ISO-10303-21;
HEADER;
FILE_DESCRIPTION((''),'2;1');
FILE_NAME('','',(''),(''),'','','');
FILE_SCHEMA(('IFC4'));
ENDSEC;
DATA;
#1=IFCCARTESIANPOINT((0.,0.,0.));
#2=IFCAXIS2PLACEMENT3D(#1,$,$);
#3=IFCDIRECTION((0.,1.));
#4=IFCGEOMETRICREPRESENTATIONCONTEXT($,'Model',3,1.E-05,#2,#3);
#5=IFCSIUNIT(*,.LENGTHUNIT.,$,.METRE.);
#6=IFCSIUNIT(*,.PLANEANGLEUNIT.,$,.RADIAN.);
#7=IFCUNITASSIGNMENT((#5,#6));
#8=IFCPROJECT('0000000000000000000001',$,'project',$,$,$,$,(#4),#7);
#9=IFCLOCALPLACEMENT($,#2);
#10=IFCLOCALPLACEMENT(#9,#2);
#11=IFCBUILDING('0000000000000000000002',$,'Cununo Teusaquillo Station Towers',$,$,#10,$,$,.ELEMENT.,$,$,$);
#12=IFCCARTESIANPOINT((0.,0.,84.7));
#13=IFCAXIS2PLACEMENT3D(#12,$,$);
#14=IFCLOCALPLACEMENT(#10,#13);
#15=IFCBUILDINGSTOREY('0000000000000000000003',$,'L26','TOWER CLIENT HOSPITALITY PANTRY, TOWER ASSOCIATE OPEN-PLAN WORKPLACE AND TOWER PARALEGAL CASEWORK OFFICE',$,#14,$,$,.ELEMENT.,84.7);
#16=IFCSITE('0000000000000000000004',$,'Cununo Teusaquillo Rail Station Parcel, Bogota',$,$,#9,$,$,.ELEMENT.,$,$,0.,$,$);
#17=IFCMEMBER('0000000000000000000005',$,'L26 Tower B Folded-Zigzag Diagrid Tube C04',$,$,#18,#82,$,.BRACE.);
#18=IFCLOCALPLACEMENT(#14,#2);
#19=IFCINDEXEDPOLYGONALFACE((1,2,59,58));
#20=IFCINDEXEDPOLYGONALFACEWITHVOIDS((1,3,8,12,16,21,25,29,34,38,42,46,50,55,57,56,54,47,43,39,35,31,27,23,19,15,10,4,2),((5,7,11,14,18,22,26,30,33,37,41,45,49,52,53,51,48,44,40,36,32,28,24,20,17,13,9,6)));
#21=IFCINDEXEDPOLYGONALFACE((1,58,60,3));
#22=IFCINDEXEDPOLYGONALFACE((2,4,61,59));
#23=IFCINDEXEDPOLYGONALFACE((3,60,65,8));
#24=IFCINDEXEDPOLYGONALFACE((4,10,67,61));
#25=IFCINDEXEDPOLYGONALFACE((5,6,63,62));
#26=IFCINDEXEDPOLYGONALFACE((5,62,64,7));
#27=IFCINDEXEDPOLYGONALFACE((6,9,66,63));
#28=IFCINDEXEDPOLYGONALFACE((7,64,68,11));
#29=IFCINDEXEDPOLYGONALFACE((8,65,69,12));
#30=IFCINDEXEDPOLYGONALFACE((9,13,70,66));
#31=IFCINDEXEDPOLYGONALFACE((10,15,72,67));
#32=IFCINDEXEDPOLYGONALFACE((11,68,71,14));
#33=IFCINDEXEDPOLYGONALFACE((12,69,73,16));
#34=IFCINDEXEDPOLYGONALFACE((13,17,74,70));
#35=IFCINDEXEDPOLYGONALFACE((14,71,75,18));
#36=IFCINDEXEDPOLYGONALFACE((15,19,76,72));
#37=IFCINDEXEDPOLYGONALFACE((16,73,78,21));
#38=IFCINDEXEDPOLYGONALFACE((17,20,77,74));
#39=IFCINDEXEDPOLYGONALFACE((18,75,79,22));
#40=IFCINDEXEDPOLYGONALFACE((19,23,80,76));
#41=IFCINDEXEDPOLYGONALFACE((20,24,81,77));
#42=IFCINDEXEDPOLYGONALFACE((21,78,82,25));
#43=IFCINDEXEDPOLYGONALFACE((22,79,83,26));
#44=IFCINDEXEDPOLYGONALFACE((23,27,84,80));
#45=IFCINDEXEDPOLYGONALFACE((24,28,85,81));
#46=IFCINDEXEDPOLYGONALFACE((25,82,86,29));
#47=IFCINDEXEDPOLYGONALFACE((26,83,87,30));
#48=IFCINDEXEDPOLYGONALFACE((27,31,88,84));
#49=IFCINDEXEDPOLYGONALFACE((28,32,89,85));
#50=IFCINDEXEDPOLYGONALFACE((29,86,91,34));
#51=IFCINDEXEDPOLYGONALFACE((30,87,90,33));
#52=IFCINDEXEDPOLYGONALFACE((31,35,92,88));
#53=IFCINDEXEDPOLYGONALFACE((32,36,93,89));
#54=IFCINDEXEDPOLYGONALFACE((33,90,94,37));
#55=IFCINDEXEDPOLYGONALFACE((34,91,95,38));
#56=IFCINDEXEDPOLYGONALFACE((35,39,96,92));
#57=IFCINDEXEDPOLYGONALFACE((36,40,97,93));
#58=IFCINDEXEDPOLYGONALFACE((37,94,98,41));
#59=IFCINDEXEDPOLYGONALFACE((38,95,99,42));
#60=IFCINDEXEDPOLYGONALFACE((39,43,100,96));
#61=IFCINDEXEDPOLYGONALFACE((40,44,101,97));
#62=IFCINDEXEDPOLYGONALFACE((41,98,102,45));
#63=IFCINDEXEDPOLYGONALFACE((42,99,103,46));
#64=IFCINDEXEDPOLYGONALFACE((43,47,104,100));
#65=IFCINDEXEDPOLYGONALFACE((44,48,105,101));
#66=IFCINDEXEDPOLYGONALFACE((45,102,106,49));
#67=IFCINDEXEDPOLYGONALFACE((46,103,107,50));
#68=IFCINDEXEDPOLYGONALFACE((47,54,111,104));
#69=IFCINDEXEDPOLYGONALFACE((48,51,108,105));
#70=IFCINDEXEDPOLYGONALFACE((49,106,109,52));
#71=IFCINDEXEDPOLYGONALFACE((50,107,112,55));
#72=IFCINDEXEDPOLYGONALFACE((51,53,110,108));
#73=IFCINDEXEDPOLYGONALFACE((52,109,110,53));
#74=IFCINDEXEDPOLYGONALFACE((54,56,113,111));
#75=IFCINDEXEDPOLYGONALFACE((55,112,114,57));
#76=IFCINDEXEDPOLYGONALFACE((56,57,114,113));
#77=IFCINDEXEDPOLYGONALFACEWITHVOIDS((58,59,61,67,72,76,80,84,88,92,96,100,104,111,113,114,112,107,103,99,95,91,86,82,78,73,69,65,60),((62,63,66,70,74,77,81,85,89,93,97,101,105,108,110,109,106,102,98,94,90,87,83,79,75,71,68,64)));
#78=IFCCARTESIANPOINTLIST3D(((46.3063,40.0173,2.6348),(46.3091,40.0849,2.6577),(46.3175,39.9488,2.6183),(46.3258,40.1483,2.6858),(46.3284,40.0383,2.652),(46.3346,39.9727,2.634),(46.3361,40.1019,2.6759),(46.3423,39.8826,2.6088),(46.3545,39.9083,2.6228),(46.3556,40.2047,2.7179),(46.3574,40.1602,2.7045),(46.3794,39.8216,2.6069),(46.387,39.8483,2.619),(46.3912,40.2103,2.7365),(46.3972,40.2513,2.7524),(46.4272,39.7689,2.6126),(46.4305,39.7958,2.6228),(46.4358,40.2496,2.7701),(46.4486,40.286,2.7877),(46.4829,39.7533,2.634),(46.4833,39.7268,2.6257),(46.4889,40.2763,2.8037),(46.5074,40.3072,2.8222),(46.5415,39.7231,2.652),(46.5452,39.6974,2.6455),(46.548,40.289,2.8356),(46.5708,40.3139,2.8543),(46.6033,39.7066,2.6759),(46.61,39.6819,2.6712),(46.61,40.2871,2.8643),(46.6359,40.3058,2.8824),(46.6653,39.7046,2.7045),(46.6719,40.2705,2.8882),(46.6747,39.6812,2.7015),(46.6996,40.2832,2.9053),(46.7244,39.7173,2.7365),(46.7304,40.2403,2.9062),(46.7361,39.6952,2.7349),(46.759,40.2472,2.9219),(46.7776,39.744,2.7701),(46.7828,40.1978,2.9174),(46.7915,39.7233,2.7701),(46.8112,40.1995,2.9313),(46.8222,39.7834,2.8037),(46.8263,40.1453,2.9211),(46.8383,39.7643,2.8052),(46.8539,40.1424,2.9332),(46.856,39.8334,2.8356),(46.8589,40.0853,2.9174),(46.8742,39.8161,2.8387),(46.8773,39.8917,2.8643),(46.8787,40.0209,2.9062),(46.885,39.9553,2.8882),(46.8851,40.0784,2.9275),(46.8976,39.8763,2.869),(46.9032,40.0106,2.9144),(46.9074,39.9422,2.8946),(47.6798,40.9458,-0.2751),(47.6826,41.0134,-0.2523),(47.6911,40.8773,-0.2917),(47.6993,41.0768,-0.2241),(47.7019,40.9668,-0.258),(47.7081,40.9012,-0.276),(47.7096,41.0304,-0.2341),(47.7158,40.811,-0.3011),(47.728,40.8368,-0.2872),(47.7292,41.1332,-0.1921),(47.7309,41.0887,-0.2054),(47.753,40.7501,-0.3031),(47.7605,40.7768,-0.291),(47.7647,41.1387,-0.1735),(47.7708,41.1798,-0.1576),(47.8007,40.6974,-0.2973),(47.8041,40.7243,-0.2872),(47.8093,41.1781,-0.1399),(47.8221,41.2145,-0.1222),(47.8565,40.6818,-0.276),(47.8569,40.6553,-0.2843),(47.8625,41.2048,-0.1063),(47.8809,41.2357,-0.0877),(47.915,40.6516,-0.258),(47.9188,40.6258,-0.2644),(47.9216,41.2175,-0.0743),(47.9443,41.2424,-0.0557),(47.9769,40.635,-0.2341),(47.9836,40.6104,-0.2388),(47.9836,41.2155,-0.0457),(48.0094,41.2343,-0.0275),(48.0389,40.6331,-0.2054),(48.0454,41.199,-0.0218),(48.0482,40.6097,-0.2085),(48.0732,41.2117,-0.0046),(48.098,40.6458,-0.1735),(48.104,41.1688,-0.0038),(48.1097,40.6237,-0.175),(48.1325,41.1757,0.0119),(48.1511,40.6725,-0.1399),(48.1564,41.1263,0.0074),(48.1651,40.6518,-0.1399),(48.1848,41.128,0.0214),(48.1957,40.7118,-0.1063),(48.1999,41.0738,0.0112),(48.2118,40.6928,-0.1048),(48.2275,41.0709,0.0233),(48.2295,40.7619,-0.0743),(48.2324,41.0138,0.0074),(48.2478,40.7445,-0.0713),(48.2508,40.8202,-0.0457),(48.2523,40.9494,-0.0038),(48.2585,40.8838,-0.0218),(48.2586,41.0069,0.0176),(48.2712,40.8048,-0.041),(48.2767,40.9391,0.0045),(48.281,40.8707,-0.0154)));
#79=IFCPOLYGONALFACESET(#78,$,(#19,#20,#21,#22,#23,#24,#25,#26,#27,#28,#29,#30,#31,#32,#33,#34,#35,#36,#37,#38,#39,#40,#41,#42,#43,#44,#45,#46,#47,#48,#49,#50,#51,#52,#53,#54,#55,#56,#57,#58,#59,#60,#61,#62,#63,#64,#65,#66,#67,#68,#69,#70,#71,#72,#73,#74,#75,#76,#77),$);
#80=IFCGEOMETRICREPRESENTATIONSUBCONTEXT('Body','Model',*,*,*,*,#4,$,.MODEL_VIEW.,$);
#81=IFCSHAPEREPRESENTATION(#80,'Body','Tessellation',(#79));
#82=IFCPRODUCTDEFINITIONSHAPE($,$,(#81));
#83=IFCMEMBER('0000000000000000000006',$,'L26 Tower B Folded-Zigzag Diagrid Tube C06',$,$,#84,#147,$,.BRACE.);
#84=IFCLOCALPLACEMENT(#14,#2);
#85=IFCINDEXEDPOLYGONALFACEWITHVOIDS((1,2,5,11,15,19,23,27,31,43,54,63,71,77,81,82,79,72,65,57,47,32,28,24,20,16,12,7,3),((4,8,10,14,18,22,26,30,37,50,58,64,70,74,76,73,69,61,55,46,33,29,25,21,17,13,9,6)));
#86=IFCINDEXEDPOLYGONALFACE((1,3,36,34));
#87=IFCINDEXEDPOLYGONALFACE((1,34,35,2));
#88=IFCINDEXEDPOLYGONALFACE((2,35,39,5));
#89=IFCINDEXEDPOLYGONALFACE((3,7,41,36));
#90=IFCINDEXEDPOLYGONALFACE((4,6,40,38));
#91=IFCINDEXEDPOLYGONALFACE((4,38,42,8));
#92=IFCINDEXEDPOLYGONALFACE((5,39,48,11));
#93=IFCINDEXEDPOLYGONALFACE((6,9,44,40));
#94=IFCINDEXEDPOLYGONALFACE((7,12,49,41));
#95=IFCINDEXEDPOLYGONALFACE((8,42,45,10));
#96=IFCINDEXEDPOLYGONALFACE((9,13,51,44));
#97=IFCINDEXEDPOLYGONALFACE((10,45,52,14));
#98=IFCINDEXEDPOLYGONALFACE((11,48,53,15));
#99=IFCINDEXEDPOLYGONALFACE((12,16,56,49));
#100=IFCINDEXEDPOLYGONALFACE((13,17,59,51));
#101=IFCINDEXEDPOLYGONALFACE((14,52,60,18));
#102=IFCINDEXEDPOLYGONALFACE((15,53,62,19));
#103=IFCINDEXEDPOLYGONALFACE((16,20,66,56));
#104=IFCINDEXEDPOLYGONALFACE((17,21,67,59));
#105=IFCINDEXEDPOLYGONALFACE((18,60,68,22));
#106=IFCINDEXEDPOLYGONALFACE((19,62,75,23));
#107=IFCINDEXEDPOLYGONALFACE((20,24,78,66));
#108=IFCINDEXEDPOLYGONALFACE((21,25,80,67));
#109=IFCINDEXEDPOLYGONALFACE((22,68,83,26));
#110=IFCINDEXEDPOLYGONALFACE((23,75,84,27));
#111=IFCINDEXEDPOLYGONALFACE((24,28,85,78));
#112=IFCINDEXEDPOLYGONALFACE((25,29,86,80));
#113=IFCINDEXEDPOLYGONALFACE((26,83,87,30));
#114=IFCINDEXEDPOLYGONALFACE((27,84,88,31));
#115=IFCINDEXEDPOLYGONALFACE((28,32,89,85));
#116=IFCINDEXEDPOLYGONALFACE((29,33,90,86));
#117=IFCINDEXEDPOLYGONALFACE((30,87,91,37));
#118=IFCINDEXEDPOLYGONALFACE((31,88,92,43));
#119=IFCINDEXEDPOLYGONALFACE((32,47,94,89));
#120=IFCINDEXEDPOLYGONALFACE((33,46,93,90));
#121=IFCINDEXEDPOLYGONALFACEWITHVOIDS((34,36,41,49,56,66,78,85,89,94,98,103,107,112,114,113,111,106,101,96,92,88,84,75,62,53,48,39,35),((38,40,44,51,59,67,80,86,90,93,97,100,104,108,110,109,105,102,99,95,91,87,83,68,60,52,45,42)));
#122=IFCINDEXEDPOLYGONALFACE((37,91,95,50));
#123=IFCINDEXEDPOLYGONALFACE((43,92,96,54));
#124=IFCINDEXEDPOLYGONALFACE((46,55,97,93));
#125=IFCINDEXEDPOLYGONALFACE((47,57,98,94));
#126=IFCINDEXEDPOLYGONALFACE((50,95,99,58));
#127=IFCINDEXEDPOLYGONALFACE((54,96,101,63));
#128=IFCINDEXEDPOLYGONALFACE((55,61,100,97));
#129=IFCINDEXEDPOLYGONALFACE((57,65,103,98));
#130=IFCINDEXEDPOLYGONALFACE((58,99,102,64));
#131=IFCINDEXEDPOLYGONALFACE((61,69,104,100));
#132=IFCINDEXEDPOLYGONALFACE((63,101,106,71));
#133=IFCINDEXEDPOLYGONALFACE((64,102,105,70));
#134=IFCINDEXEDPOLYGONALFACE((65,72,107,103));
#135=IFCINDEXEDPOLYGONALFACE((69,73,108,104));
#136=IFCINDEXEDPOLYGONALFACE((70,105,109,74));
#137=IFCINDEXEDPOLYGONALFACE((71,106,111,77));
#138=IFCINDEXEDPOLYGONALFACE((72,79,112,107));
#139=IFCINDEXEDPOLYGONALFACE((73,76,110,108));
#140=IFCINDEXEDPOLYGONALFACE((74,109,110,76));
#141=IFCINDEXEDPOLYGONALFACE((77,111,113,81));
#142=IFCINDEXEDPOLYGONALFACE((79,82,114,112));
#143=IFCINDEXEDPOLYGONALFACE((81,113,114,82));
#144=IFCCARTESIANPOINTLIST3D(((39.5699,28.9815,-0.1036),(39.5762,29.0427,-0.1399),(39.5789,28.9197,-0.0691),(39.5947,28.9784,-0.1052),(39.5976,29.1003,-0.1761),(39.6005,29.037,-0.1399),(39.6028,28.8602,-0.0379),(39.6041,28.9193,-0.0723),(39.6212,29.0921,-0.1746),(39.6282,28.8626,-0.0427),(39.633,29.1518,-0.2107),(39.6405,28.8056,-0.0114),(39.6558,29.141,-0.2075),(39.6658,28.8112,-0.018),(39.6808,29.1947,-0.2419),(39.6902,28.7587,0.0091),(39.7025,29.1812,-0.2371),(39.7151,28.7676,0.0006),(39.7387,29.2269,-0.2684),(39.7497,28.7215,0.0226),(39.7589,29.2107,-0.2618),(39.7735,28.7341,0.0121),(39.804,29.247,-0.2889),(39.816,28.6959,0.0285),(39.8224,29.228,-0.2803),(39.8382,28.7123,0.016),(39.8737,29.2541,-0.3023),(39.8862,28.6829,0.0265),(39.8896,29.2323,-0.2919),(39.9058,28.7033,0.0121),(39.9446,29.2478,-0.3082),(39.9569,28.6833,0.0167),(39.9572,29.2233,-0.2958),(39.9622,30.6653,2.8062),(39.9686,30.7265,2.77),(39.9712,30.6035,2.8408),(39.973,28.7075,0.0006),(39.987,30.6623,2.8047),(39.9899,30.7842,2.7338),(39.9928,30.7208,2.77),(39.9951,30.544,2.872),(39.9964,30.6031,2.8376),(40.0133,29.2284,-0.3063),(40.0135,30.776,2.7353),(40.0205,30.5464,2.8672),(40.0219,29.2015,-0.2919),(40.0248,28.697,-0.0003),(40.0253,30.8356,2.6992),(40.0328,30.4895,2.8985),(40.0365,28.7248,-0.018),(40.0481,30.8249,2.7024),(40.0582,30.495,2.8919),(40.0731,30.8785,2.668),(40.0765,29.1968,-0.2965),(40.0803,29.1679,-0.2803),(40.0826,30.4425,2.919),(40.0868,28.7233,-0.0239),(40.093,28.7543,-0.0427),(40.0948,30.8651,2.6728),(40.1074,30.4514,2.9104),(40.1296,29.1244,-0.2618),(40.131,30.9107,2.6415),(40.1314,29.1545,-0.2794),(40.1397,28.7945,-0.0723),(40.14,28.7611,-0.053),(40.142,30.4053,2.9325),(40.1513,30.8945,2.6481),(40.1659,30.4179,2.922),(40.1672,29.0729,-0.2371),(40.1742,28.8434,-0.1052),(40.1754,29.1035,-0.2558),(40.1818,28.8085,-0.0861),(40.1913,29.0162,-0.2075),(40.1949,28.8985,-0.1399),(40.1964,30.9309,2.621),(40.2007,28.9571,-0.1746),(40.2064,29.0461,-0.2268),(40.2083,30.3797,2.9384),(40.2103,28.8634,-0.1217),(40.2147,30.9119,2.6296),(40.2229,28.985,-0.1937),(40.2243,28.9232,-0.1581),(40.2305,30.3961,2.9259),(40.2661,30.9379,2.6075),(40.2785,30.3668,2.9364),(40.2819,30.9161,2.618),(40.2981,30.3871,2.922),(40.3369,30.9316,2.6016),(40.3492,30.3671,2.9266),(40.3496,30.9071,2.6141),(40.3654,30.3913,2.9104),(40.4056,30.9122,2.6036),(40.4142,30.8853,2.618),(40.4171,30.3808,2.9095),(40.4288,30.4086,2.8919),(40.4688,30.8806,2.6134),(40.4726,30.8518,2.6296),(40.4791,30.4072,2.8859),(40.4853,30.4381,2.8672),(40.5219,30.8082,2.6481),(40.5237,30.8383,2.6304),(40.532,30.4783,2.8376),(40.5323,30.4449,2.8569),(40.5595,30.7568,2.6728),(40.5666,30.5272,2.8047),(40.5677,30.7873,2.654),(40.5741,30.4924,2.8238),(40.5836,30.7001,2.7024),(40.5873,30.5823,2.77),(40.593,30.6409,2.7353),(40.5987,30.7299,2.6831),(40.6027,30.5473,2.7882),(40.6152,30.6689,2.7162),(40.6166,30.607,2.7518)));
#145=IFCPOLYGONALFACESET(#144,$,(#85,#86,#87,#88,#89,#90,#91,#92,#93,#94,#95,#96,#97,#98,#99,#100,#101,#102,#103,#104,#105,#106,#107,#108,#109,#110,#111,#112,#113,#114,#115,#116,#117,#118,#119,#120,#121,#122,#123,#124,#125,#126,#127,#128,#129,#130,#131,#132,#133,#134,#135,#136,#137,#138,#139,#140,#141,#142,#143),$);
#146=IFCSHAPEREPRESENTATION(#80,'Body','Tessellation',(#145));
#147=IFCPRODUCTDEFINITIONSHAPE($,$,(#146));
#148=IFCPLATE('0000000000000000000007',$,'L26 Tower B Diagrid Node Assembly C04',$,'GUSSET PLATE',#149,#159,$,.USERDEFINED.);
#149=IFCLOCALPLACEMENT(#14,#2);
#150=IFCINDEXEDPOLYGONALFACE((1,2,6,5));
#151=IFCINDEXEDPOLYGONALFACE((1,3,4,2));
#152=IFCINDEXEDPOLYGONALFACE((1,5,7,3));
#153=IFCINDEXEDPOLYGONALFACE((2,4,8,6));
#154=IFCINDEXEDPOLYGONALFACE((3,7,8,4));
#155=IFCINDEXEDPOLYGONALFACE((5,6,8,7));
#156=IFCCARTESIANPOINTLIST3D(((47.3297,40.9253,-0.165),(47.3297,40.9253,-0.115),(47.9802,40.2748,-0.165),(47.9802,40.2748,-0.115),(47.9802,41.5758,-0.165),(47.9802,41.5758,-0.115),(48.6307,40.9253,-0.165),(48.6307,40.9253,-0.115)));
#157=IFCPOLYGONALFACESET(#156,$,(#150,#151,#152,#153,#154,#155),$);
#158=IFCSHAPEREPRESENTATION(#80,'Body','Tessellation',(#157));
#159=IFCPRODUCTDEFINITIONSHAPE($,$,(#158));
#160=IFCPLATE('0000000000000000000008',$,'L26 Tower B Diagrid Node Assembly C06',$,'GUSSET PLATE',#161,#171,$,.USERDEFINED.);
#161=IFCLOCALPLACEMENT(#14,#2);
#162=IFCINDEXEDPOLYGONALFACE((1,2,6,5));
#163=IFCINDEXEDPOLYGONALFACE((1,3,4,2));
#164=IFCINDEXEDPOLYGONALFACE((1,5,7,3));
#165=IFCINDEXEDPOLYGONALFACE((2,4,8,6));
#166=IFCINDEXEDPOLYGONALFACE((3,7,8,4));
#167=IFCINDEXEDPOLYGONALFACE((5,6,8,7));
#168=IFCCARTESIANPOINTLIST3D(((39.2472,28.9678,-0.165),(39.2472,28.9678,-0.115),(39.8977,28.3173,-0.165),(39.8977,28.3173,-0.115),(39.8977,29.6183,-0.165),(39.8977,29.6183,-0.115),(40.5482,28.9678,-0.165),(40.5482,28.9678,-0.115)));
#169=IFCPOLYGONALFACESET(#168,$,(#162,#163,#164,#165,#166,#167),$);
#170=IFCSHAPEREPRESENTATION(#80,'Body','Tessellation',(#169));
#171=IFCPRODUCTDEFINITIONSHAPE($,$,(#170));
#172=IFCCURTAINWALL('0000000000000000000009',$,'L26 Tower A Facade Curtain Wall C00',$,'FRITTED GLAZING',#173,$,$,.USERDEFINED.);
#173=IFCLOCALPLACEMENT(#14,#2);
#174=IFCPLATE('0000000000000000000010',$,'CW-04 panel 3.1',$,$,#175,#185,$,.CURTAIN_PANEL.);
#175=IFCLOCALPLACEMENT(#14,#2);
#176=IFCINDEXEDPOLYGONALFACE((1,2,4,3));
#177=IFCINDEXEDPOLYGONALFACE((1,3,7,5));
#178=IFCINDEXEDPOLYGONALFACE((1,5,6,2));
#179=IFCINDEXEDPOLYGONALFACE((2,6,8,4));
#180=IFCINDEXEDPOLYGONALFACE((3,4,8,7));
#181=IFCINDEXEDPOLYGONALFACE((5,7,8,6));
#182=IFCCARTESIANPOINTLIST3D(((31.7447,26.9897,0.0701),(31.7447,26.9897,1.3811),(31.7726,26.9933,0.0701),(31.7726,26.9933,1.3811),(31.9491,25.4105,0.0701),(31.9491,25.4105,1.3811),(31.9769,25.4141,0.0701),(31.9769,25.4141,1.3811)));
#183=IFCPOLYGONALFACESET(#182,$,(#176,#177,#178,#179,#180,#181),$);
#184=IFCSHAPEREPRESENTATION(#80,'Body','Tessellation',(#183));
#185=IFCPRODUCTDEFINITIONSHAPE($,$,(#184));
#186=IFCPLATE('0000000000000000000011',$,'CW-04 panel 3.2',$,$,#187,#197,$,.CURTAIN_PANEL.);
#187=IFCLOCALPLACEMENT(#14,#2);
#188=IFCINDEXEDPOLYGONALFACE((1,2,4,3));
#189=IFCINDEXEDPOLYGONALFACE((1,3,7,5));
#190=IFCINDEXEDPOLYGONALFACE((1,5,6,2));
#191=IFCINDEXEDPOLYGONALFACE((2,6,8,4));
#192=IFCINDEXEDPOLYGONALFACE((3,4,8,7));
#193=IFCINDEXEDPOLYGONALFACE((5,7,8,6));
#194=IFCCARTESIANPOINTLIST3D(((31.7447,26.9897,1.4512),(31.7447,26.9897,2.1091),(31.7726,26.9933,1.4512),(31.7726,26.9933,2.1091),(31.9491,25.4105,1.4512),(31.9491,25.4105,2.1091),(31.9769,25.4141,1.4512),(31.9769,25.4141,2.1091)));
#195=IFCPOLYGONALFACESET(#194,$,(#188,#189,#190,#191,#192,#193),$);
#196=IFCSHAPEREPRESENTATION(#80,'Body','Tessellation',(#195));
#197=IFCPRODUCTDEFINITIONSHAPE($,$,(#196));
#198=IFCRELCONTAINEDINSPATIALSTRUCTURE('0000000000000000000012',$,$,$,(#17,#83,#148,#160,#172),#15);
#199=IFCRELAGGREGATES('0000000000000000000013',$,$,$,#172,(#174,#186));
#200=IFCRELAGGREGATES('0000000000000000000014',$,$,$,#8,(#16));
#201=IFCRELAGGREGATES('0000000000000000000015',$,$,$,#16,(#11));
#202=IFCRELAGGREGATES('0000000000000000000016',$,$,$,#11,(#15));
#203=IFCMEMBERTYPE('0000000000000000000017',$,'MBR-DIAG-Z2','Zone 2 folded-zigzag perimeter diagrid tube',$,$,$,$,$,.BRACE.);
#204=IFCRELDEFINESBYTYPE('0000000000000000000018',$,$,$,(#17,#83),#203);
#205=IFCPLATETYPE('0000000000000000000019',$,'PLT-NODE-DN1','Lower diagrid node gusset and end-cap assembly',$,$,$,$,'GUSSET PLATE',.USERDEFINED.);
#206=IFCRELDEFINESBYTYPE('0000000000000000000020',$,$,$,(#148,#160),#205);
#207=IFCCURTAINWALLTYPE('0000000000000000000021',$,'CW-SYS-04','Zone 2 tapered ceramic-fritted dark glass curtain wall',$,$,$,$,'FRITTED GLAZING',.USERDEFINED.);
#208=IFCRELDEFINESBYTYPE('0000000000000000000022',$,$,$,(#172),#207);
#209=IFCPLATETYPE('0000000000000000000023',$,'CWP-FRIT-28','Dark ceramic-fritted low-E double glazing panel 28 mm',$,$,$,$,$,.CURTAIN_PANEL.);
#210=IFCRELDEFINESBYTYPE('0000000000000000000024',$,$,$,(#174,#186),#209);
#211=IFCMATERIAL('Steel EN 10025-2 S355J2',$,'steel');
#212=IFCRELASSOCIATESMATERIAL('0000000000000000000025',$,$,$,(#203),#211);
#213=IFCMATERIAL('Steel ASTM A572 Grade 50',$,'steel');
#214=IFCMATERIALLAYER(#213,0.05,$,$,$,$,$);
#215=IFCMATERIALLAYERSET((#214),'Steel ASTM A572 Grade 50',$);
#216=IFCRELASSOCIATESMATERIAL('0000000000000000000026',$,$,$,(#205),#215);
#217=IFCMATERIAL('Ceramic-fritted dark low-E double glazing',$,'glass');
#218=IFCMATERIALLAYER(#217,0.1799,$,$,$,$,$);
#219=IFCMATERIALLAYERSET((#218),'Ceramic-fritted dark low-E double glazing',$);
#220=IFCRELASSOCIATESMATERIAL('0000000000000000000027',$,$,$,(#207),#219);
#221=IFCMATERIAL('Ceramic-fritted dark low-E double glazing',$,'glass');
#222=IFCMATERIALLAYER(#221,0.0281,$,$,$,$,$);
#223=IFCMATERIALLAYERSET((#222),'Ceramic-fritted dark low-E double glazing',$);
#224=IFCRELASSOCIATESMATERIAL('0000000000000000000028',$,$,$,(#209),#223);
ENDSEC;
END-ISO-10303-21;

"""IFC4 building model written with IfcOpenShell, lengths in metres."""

from ifc_helpers import new_model, si_unit, direction, frame, origin, origin_2d, place, context, subcontext, project, spatial, rectangle, hollow_circle, extrude, source, transform, mapped, material, layer, layer_set, material_profile, profile_set, type_object, element, aggregate, save


model = new_model("IFC4")

# Units and contexts
model_context = context("Model", 3, precision=1e-05, world=origin(), true_north=direction((0.0, 1.0)))
body_context = subcontext(model_context, "Body", "Model", "MODEL_VIEW")
ifc_project = project(units=[si_unit("LENGTHUNIT", "METRE"), si_unit("PLANEANGLEUNIT", "RADIAN")], contexts=[model_context])

# Site, building, storey
site_placement = place(None, origin())
site = spatial("IfcSite", under=ifc_project, at=site_placement, Name="Cununo Teusaquillo Rail Station Parcel, Bogota", CompositionType="ELEMENT", RefElevation=0.0)
building_placement = place(site_placement, origin())
building = spatial("IfcBuilding", under=site, at=building_placement, Name="Cununo Teusaquillo Station Towers", CompositionType="ELEMENT")
storey_placement = place(building_placement, frame((0.0, 0.0, 84.7)))
storey = spatial("IfcBuildingStorey", under=building, at=storey_placement, Name="L26", Description="TOWER CLIENT HOSPITALITY PANTRY, TOWER ASSOCIATE OPEN-PLAN WORKPLACE AND TOWER PARALEGAL CASEWORK OFFICE", CompositionType="ELEMENT", Elevation=84.7)

# Members
ifc_material_1 = material(Name="Steel EN 10025-2 S355J2", Category="steel")
ifc_material_profile_1 = material_profile(ifc_material_1, hollow_circle(Radius=0.3301, WallThickness=0.0249, at=origin_2d()), Name="CHS 660x25")
ifc_profile_set_1 = profile_set([ifc_material_profile_1], Name="Steel EN 10025-2 S355J2")
member_type = type_object("IfcMemberType", Name="MBR-DIAG-Z2", Description="Zone 2 folded-zigzag perimeter diagrid tube", PredefinedType="BRACE", material=ifc_profile_set_1)
member_1_placement = place(storey_placement, frame((47.9802, 40.9253, -0.1399), z_axis=(-0.410125, -0.277232, 0.868873), x_axis=(0.560024, -0.828476, 0.0)))
element("IfcMember", 1, at=member_1_placement, inside=storey, type_object=member_type, Name="L26 Tower B Folded-Zigzag Diagrid Tube C04", PredefinedType="BRACE", context=body_context, shape_type="SweptSolid", body=[
    extrude(hollow_circle(Radius=0.3301, WallThickness=0.0249, at=origin_2d()), origin(), (0.0, 0.0, 1.0), 3.3491),
])
member_2_placement = place(storey_placement, frame((39.8977, 28.9678, -0.1399), z_axis=(0.115911, 0.497471, 0.859702), x_axis=(-0.973913, 0.226922, 0.0)))
element("IfcMember", 2, at=member_2_placement, inside=storey, type_object=member_type, Name="L26 Tower B Folded-Zigzag Diagrid Tube C06", PredefinedType="BRACE", context=body_context, shape_type="SweptSolid", body=[
    extrude(hollow_circle(Radius=0.3301, WallThickness=0.0249, at=origin_2d()), origin(), (0.0, 0.0, 1.0), 3.3848),
])

# Plates
ifc_material_2 = material(Name="Steel ASTM A572 Grade 50", Category="steel")
ifc_layer_1 = layer(ifc_material_2, 0.05)
ifc_layer_set_1 = layer_set([ifc_layer_1], Name="Steel ASTM A572 Grade 50")
plate_type_1 = type_object("IfcPlateType", Name="PLT-NODE-DN1", Description="Lower diagrid node gusset and end-cap assembly", ElementType="GUSSET PLATE", PredefinedType="USERDEFINED", material=ifc_layer_set_1)
shared_shape_1 = source(origin(), body_context, "Body", "SweptSolid", [
    extrude(rectangle(XDim=0.9199, YDim=0.9199, at=origin_2d()), origin(), (0.0, 0.0, 1.0), 0.05),
])
for number, where, z_axis, x_axis, name in (
    (3, (47.9802, 40.9253, -0.165), (0.0, 0.0, 1.0), (0.707107, 0.707107, 0.0), "L26 Tower B Diagrid Node Assembly C04"),
    (4, (39.8977, 28.9678, -0.165), (0.0, 0.0, 1.0), (0.707107, 0.707107, 0.0), "L26 Tower B Diagrid Node Assembly C06"),
):
    element("IfcPlate", number, at=place(storey_placement, frame(where, z_axis=z_axis, x_axis=x_axis)), inside=storey, type_object=plate_type_1, Name=name, ObjectType="GUSSET PLATE", PredefinedType="USERDEFINED", context=body_context, shape_type="MappedRepresentation", body=[
        mapped(shared_shape_1, transform((0.0, 0.0, 0.0), x_axis=(1.0, 0.0, 0.0), y_axis=(0.0, 1.0, 0.0), z_axis=(0.0, 0.0, 1.0), scale=1.0)),
    ])

# Curtain wall, plates
ifc_material_3 = material(Name="Ceramic-fritted dark low-E double glazing", Category="glass")
ifc_layer_2 = layer(ifc_material_3, 0.1799)
ifc_layer_set_2 = layer_set([ifc_layer_2], Name="Ceramic-fritted dark low-E double glazing")
curtain_wall_type = type_object("IfcCurtainWallType", Name="CW-SYS-04", Description="Zone 2 tapered ceramic-fritted dark glass curtain wall", ElementType="FRITTED GLAZING", PredefinedType="USERDEFINED", material=ifc_layer_set_2)
curtain_wall_placement = place(storey_placement, origin())
curtain_wall = element("IfcCurtainWall", 5, at=curtain_wall_placement, inside=storey, type_object=curtain_wall_type, Name="L26 Tower A Facade Curtain Wall C00", ObjectType="FRITTED GLAZING", PredefinedType="USERDEFINED")
ifc_material_4 = material(Name="Ceramic-fritted dark low-E double glazing", Category="glass")
ifc_layer_3 = layer(ifc_material_4, 0.0281)
ifc_layer_set_3 = layer_set([ifc_layer_3], Name="Ceramic-fritted dark low-E double glazing")
plate_type_2 = type_object("IfcPlateType", Name="CWP-FRIT-28", Description="Dark ceramic-fritted low-E double glazing panel 28 mm", PredefinedType="CURTAIN_PANEL", material=ifc_layer_set_3)
shared_shape_2 = source(origin(), body_context, "Body", "SweptSolid", [
    extrude(rectangle(XDim=1.5923, YDim=0.0281, at=origin_2d()), origin(), (0.0, 0.0, 1.0), 1.311),
])
plate_1_placement = place(storey_placement, frame((31.8608, 26.2019, 0.0701), z_axis=(0.0, 0.0, 1.0), x_axis=(0.128336, -0.991731, 0.0)))
plate_1 = element("IfcPlate", 6, at=plate_1_placement, type_object=plate_type_2, Name="CW-04 panel 3.1", PredefinedType="CURTAIN_PANEL", context=body_context, shape_type="MappedRepresentation", body=[
    mapped(shared_shape_2, transform((0.0, 0.0, 0.0), x_axis=(1.0, 0.0, 0.0), y_axis=(0.0, 1.0, 0.0), z_axis=(0.0, 0.0, 1.0), scale=1.0)),
])
shared_shape_3 = source(origin(), body_context, "Body", "SweptSolid", [
    extrude(rectangle(XDim=1.5923, YDim=0.0281, at=origin_2d()), origin(), (0.0, 0.0, 1.0), 0.658),
])
plate_2_placement = place(storey_placement, frame((31.8608, 26.2019, 1.4512), z_axis=(0.0, 0.0, 1.0), x_axis=(0.128336, -0.991731, 0.0)))
plate_2 = element("IfcPlate", 7, at=plate_2_placement, type_object=plate_type_2, Name="CW-04 panel 3.2", PredefinedType="CURTAIN_PANEL", context=body_context, shape_type="MappedRepresentation", body=[
    mapped(shared_shape_3, transform((0.0, 0.0, 0.0), x_axis=(1.0, 0.0, 0.0), y_axis=(0.0, 1.0, 0.0), z_axis=(0.0, 0.0, 1.0), scale=1.0)),
])
aggregate(curtain_wall, [plate_1, plate_2])

save(model, "model.ifc")
